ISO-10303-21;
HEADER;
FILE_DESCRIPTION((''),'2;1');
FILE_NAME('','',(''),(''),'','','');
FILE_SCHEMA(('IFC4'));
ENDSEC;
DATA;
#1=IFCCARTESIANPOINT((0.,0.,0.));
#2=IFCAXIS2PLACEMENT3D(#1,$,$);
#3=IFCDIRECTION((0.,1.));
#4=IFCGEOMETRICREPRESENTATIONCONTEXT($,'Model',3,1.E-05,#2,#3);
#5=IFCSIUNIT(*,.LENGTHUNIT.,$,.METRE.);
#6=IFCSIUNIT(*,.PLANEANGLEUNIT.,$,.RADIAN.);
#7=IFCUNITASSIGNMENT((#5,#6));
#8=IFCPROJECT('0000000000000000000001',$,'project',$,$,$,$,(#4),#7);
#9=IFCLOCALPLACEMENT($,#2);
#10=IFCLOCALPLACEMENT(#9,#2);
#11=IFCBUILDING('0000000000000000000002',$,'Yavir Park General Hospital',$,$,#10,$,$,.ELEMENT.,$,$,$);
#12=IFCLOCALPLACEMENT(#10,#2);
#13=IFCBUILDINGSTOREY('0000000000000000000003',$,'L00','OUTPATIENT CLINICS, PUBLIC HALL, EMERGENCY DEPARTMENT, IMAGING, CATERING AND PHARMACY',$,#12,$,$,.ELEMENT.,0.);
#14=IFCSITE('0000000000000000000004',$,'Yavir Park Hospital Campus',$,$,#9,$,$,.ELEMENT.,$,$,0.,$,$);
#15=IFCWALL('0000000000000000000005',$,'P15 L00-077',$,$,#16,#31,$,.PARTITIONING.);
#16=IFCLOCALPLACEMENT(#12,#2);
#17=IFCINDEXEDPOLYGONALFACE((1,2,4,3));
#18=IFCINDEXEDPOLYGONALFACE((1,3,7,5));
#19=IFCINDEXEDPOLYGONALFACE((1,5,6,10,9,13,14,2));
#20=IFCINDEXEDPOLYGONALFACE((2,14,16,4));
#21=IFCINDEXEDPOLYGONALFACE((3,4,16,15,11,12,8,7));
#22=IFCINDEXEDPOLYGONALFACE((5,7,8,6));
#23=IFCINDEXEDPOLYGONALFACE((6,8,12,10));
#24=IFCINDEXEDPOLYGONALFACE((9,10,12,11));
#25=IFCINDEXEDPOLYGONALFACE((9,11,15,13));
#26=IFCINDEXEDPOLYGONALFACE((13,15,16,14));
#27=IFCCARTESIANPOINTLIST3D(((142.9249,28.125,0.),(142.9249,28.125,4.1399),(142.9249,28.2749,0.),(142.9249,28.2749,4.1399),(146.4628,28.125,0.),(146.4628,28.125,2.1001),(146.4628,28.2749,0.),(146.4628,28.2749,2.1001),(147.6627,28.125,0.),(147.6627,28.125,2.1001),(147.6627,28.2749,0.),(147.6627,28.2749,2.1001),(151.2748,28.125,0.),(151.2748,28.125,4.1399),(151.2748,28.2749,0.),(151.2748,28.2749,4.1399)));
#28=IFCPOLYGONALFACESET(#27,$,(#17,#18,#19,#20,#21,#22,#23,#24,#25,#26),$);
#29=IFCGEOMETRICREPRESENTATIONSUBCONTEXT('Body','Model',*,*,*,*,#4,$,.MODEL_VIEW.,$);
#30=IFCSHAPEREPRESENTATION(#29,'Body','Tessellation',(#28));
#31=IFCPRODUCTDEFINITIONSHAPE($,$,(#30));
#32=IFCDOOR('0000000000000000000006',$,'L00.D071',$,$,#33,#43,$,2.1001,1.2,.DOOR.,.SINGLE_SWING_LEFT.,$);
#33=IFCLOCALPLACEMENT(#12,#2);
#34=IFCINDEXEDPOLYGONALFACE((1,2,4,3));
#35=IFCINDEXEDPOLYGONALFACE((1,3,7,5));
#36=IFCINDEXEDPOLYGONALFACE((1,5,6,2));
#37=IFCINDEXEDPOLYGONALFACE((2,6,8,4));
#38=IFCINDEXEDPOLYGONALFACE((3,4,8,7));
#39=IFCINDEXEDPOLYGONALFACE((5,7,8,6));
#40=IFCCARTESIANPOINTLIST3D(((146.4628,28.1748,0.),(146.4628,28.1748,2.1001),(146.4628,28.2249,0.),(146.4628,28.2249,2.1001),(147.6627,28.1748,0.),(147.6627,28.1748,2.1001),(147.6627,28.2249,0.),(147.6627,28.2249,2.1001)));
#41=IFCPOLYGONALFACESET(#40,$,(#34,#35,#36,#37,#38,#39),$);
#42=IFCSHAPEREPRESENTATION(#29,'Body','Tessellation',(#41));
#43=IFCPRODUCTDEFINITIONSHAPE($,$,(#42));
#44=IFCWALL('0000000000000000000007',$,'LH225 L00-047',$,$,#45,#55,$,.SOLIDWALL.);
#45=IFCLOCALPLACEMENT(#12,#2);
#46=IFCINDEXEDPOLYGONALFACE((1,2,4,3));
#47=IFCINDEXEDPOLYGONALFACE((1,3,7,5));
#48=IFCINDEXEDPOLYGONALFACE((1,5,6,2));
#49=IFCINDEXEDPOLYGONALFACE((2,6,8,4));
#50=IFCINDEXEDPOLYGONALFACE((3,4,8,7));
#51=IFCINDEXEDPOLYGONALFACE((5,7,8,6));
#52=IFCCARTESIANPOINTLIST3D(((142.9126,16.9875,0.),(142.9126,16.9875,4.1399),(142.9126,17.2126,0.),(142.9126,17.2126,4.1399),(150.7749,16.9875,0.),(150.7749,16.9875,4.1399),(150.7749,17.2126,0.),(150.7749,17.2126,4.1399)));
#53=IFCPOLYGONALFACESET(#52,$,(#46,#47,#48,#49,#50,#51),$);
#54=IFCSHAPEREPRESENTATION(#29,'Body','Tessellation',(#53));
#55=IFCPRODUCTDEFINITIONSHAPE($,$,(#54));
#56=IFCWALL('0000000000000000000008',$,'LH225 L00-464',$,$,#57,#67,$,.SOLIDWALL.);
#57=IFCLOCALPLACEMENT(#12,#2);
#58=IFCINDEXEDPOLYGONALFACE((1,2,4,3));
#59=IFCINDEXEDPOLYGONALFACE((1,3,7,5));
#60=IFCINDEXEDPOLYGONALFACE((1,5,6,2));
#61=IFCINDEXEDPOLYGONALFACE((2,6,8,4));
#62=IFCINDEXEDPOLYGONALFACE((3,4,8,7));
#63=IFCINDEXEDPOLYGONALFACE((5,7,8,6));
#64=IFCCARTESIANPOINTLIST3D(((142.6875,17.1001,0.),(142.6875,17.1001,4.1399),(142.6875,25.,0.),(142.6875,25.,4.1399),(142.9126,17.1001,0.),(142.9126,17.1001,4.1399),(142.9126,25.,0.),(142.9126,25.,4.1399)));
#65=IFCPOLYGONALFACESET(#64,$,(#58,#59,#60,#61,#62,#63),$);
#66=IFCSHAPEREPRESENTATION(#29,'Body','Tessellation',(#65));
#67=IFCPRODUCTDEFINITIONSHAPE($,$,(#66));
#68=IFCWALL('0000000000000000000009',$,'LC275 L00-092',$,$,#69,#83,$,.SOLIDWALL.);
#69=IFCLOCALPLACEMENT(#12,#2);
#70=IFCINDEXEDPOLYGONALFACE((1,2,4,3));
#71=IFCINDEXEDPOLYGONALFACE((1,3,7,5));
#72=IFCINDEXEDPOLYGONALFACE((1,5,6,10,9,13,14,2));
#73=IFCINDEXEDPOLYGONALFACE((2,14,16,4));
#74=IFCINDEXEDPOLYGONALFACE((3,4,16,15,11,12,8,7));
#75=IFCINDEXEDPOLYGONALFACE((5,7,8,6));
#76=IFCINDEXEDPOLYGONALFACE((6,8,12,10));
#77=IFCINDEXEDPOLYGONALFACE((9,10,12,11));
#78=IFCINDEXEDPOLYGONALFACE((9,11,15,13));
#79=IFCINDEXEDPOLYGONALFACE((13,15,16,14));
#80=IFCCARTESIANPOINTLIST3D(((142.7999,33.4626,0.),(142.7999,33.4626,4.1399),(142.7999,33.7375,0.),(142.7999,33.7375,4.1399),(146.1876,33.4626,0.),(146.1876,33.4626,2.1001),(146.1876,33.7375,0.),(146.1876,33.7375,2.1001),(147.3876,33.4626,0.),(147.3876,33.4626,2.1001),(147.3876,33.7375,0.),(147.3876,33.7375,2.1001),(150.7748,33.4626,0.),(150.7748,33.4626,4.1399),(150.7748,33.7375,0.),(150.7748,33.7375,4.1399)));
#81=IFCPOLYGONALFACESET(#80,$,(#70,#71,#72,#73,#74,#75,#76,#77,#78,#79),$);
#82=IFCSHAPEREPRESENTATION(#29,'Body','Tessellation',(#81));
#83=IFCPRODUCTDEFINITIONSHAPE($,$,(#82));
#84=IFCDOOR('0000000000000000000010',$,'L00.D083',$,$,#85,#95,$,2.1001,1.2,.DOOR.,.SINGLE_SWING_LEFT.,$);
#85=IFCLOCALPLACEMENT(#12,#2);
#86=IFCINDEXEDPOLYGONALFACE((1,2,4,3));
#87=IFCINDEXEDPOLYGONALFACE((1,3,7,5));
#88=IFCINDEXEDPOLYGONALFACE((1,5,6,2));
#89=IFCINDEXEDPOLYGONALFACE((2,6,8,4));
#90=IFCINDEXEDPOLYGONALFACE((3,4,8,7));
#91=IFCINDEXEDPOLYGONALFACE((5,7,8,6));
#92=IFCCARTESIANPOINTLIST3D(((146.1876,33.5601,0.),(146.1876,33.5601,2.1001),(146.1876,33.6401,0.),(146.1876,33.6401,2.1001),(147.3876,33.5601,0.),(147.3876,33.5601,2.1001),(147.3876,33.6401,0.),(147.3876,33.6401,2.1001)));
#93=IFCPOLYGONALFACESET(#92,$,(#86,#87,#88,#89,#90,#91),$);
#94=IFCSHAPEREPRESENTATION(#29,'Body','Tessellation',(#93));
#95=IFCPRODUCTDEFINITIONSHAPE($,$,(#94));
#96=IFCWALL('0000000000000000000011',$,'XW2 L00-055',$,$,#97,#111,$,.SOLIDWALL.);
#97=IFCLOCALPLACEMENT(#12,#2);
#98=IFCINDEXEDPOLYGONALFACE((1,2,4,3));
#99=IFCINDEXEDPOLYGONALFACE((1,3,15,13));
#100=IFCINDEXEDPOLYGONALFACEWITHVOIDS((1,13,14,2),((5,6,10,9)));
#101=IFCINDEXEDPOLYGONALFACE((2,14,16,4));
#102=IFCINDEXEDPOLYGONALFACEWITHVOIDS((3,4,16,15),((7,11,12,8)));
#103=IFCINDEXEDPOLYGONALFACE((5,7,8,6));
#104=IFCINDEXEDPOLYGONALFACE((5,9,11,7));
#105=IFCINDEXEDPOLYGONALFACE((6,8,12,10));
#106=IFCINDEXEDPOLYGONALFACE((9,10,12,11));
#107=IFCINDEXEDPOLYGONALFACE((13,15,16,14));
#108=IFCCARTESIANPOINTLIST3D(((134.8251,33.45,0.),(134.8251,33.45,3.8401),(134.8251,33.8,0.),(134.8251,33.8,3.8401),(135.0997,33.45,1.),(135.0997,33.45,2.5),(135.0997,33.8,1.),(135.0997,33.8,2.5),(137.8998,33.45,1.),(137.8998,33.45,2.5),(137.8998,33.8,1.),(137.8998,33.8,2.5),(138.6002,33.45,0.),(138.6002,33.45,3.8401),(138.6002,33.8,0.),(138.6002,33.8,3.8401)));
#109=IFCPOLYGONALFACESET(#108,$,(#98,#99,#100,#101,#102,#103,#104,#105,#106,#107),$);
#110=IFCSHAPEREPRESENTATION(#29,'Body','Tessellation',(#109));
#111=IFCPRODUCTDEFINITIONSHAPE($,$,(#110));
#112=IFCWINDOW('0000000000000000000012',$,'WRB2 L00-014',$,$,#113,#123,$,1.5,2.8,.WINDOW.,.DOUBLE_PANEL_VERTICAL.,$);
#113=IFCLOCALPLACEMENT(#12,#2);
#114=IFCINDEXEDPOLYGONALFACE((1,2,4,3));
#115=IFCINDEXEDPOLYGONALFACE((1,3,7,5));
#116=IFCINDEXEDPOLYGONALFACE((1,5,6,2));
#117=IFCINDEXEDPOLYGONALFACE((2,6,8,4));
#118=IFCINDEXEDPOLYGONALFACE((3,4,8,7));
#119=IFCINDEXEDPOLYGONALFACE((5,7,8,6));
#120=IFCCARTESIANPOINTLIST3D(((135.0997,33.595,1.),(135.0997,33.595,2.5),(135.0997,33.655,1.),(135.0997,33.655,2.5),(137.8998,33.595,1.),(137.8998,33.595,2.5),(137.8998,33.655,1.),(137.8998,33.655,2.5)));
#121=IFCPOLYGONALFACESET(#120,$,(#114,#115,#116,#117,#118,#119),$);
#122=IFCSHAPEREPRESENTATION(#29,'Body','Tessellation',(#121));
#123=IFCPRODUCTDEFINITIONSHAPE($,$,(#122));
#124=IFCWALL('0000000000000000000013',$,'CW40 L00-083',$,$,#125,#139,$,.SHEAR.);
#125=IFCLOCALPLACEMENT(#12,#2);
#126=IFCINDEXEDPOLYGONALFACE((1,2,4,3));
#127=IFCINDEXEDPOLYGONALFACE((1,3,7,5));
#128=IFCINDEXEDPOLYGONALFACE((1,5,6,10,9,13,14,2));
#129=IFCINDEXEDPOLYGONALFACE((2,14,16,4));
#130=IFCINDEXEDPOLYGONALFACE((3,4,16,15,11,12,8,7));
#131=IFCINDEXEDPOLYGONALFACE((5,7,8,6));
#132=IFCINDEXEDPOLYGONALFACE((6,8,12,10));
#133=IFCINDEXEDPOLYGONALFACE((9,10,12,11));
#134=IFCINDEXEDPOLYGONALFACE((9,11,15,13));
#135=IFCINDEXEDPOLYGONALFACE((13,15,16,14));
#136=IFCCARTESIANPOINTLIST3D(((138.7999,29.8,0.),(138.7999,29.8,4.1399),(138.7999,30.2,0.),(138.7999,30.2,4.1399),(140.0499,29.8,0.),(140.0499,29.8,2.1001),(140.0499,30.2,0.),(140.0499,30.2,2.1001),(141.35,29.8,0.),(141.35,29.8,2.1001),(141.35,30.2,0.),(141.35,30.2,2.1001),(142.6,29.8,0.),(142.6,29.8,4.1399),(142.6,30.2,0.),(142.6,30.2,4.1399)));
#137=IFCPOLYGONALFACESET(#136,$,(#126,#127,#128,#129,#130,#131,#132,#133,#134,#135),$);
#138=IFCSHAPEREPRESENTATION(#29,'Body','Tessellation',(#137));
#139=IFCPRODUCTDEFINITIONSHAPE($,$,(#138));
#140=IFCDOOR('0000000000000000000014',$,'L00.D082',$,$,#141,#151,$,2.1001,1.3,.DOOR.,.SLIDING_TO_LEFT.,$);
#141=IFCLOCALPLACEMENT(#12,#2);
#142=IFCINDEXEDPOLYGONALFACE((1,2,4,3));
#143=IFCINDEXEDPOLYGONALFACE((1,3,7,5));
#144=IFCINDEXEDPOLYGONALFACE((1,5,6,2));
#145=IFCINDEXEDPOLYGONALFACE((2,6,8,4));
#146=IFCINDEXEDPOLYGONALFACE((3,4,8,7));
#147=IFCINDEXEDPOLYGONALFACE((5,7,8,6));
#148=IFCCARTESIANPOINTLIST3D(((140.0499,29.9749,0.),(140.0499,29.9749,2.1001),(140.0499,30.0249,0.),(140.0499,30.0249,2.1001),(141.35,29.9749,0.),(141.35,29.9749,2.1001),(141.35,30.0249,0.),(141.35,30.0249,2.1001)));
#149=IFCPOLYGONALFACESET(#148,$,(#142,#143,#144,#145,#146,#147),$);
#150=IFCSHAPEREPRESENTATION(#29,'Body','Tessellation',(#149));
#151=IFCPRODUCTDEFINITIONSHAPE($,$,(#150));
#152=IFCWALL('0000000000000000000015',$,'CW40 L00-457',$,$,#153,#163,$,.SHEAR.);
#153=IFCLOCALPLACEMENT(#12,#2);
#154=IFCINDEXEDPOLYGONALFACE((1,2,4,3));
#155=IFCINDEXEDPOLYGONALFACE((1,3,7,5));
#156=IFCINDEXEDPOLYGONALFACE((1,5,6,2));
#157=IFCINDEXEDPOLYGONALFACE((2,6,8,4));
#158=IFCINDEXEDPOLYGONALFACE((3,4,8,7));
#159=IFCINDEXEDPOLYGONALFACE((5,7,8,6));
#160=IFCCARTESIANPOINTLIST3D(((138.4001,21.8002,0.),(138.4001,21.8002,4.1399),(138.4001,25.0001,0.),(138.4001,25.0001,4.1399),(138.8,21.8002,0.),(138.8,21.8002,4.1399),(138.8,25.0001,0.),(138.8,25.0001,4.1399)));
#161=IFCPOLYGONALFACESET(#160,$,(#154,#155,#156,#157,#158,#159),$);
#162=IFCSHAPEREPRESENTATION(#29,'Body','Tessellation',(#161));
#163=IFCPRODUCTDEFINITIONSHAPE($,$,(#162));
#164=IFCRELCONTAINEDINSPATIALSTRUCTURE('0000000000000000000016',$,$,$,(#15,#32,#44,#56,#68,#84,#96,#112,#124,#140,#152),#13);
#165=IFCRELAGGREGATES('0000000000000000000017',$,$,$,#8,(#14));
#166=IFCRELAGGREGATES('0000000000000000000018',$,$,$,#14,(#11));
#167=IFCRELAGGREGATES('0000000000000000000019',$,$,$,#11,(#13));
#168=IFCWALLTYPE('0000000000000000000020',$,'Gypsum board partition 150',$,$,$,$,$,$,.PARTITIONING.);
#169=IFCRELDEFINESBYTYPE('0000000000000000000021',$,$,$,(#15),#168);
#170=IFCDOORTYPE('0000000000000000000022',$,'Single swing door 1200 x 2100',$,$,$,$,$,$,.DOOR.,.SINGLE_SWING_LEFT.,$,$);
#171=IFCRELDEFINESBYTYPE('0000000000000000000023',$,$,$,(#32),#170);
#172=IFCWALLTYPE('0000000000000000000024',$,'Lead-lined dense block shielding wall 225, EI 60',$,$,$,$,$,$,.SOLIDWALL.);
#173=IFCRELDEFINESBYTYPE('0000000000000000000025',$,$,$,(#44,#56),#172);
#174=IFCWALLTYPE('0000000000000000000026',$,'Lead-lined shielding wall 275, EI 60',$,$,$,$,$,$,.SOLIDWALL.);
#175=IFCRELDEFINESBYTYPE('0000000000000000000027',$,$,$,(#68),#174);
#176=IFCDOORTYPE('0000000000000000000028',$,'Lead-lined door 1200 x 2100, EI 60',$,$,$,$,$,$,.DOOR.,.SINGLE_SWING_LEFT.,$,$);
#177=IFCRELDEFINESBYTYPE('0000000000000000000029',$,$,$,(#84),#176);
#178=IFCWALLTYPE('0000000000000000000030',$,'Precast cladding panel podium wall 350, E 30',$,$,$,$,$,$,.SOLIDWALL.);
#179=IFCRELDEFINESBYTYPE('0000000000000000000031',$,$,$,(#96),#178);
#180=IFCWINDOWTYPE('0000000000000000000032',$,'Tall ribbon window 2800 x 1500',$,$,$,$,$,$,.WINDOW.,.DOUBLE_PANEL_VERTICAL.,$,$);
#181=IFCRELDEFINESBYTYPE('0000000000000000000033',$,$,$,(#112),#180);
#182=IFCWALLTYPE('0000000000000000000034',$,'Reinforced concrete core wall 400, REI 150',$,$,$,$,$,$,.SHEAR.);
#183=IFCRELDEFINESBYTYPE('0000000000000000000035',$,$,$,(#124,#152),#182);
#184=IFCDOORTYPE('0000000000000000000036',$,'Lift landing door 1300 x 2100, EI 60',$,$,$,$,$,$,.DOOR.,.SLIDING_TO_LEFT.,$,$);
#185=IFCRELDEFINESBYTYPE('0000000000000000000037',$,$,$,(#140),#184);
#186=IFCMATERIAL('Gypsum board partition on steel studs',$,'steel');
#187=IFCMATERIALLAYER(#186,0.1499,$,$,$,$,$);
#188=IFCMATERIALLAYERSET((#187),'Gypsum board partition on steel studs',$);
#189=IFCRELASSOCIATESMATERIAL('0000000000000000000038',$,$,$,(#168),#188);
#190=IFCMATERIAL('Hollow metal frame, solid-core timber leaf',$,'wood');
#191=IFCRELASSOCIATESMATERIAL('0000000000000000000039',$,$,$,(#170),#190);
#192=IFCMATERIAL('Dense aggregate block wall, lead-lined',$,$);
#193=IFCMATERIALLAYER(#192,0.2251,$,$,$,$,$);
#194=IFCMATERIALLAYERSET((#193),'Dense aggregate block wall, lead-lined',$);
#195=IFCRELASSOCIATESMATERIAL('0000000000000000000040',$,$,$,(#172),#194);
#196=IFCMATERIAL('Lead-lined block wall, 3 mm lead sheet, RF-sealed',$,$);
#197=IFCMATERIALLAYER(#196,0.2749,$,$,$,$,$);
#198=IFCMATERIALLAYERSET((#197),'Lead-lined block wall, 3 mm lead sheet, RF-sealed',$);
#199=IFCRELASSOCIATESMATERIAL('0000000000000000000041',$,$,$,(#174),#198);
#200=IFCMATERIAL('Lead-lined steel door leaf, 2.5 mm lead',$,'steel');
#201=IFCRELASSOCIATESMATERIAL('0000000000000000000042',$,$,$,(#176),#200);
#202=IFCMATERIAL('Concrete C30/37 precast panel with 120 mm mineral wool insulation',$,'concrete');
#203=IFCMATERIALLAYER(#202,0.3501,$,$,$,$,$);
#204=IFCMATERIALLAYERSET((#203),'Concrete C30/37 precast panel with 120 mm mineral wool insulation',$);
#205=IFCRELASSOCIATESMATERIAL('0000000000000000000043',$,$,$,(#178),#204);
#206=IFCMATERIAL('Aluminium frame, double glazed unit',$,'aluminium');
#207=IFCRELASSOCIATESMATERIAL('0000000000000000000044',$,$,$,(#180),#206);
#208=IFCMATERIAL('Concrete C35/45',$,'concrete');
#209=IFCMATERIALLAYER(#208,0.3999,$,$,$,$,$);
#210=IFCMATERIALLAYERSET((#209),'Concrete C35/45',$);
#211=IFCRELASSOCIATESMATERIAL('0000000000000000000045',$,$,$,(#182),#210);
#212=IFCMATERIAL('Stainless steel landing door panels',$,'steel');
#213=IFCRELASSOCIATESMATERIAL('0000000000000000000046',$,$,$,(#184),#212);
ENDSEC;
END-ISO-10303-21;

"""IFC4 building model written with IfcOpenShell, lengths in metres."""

from ifc_helpers import new_model, si_unit, direction, frame, frame_2d, origin, place, context, subcontext, project, spatial, rectangle, extrude, material, layer, layer_set, type_object, element, fill, save


model = new_model("IFC4")

# Units and contexts
model_context = context("Model", 3, precision=1e-05, world=origin(), true_north=direction((0.0, 1.0)))
body_context = subcontext(model_context, "Body", "Model", "MODEL_VIEW")
ifc_project = project(units=[si_unit("LENGTHUNIT", "METRE"), si_unit("PLANEANGLEUNIT", "RADIAN")], contexts=[model_context])

# Site, building, storey
site_placement = place(None, origin())
site = spatial("IfcSite", under=ifc_project, at=site_placement, Name="Yavir Park Hospital Campus", CompositionType="ELEMENT", RefElevation=0.0)
building_placement = place(site_placement, origin())
building = spatial("IfcBuilding", under=site, at=building_placement, Name="Yavir Park General Hospital", CompositionType="ELEMENT")
storey_placement = place(building_placement, origin())
storey = spatial("IfcBuildingStorey", under=building, at=storey_placement, Name="L00", Description="OUTPATIENT CLINICS, PUBLIC HALL, EMERGENCY DEPARTMENT, IMAGING, CATERING AND PHARMACY", CompositionType="ELEMENT", Elevation=0.0)

# Wall, opening, door
ifc_material_1 = material(Name="Gypsum board partition on steel studs", Category="steel")
ifc_layer_1 = layer(ifc_material_1, 0.1499)
ifc_layer_set_1 = layer_set([ifc_layer_1], Name="Gypsum board partition on steel studs")
wall_type_1 = type_object("IfcWallType", Name="Gypsum board partition 150", PredefinedType="PARTITIONING", material=ifc_layer_set_1)
wall_1_placement = place(storey_placement, frame((142.925, 28.2, 0.0), z_axis=(0.0, 0.0, 1.0), x_axis=(1.0, 0.0, 0.0)))
wall_1 = element("IfcWall", 1, at=wall_1_placement, inside=storey, type_object=wall_type_1, Name="P15 L00-077", PredefinedType="PARTITIONING", context=body_context, shape_type="SweptSolid", body=[
    extrude(rectangle(XDim=8.3499, YDim=0.1499, at=frame_2d((4.1748, 0.0))), origin(), (0.0, 0.0, 1.0), 4.1399),
])
opening_1_placement = place(wall_1_placement, frame((3.5376, 0.0, 0.0)))
opening_1 = element("IfcOpeningElement", 2, at=opening_1_placement, cuts=wall_1, PredefinedType="OPENING", context=body_context, shape_type="SweptSolid", body=[
    extrude(rectangle(XDim=1.2, YDim=2.1001, at=frame_2d((0.6001, 1.05))), frame((0.0, 0.085, 0.0), z_axis=(0.0, -1.0, 0.0), x_axis=(1.0, 0.0, 0.0)), (0.0, 0.0, 1.0), 0.1699),
])
ifc_material_2 = material(Name="Hollow metal frame, solid-core timber leaf", Category="wood")
door_type_1 = type_object("IfcDoorType", Name="Single swing door 1200 x 2100", OperationType="SINGLE_SWING_LEFT", PredefinedType="DOOR", material=ifc_material_2)
door_1_placement = place(opening_1_placement, origin())
door_1 = element("IfcDoor", 3, at=door_1_placement, inside=storey, type_object=door_type_1, Name="L00.D071", OperationType="SINGLE_SWING_LEFT", OverallHeight=2.1001, OverallWidth=1.2, PredefinedType="DOOR", context=body_context, shape_type="SweptSolid", body=[
    extrude(rectangle(XDim=1.2, YDim=2.1001, at=frame_2d((0.6001, 1.05))), frame((0.0, 0.0249, 0.0), z_axis=(0.0, -1.0, 0.0), x_axis=(1.0, 0.0, 0.0)), (0.0, 0.0, 1.0), 0.05),
])
fill(opening_1, door_1)

# Wall
ifc_material_3 = material(Name="Dense aggregate block wall, lead-lined")
ifc_layer_2 = layer(ifc_material_3, 0.2251)
ifc_layer_set_2 = layer_set([ifc_layer_2], Name="Dense aggregate block wall, lead-lined")
wall_type_2 = type_object("IfcWallType", Name="Lead-lined dense block shielding wall 225, EI 60", PredefinedType="SOLIDWALL", material=ifc_layer_set_2)
wall_2_placement = place(storey_placement, frame((142.9126, 17.1001, 0.0), z_axis=(0.0, 0.0, 1.0), x_axis=(1.0, 0.0, 0.0)))
element("IfcWall", 4, at=wall_2_placement, inside=storey, type_object=wall_type_2, Name="LH225 L00-047", PredefinedType="SOLIDWALL", context=body_context, shape_type="SweptSolid", body=[
    extrude(rectangle(XDim=7.8623, YDim=0.2251, at=frame_2d((3.9312, 0.0))), origin(), (0.0, 0.0, 1.0), 4.1399),
])

# Wall
wall_3_placement = place(storey_placement, frame((142.8, 17.1001, 0.0), z_axis=(0.0, 0.0, 1.0), x_axis=(0.0, 1.0, 0.0)))
element("IfcWall", 5, at=wall_3_placement, inside=storey, type_object=wall_type_2, Name="LH225 L00-464", PredefinedType="SOLIDWALL", context=body_context, shape_type="SweptSolid", body=[
    extrude(rectangle(XDim=7.8999, YDim=0.2251, at=frame_2d((3.95, 0.0))), origin(), (0.0, 0.0, 1.0), 4.1399),
])

# Wall, opening, door
ifc_material_4 = material(Name="Lead-lined block wall, 3 mm lead sheet, RF-sealed")
ifc_layer_3 = layer(ifc_material_4, 0.2749)
ifc_layer_set_3 = layer_set([ifc_layer_3], Name="Lead-lined block wall, 3 mm lead sheet, RF-sealed")
wall_type_3 = type_object("IfcWallType", Name="Lead-lined shielding wall 275, EI 60", PredefinedType="SOLIDWALL", material=ifc_layer_set_3)
wall_4_placement = place(storey_placement, frame((142.8, 33.6001, 0.0), z_axis=(0.0, 0.0, 1.0), x_axis=(1.0, 0.0, 0.0)))
wall_4 = element("IfcWall", 6, at=wall_4_placement, inside=storey, type_object=wall_type_3, Name="LC275 L00-092", PredefinedType="SOLIDWALL", context=body_context, shape_type="SweptSolid", body=[
    extrude(rectangle(XDim=7.9749, YDim=0.2749, at=frame_2d((3.9873, 0.0))), origin(), (0.0, 0.0, 1.0), 4.1399),
])
opening_2_placement = place(wall_4_placement, frame((3.3875, 0.0, 0.0)))
opening_2 = element("IfcOpeningElement", 7, at=opening_2_placement, cuts=wall_4, PredefinedType="OPENING", context=body_context, shape_type="SweptSolid", body=[
    extrude(rectangle(XDim=1.2, YDim=2.1001, at=frame_2d((0.6001, 1.05))), frame((0.0, 0.1475, 0.0), z_axis=(0.0, -1.0, 0.0), x_axis=(1.0, 0.0, 0.0)), (0.0, 0.0, 1.0), 0.2949),
])
ifc_material_5 = material(Name="Lead-lined steel door leaf, 2.5 mm lead", Category="steel")
door_type_2 = type_object("IfcDoorType", Name="Lead-lined door 1200 x 2100, EI 60", OperationType="SINGLE_SWING_LEFT", PredefinedType="DOOR", material=ifc_material_5)
door_2_placement = place(opening_2_placement, origin())
door_2 = element("IfcDoor", 8, at=door_2_placement, inside=storey, type_object=door_type_2, Name="L00.D083", OperationType="SINGLE_SWING_LEFT", OverallHeight=2.1001, OverallWidth=1.2, PredefinedType="DOOR", context=body_context, shape_type="SweptSolid", body=[
    extrude(rectangle(XDim=1.2, YDim=2.1001, at=frame_2d((0.6001, 1.05))), frame((0.0, 0.04, 0.0), z_axis=(0.0, -1.0, 0.0), x_axis=(1.0, 0.0, 0.0)), (0.0, 0.0, 1.0), 0.0801),
])
fill(opening_2, door_2)

# Wall, opening, window
ifc_material_6 = material(Name="Concrete C30/37 precast panel with 120 mm mineral wool insulation", Category="concrete")
ifc_layer_4 = layer(ifc_material_6, 0.3501)
ifc_layer_set_4 = layer_set([ifc_layer_4], Name="Concrete C30/37 precast panel with 120 mm mineral wool insulation")
wall_type_4 = type_object("IfcWallType", Name="Precast cladding panel podium wall 350, E 30", PredefinedType="SOLIDWALL", material=ifc_layer_set_4)
wall_5_placement = place(storey_placement, frame((134.825, 33.625, 0.0), z_axis=(0.0, 0.0, 1.0), x_axis=(1.0, 0.0, 0.0)))
wall_5 = element("IfcWall", 9, at=wall_5_placement, inside=storey, type_object=wall_type_4, Name="XW2 L00-055", PredefinedType="SOLIDWALL", context=body_context, shape_type="SweptSolid", body=[
    extrude(rectangle(XDim=3.7751, YDim=0.3501, at=frame_2d((1.8877, 0.0))), origin(), (0.0, 0.0, 1.0), 3.8401),
])
opening_3_placement = place(wall_5_placement, frame((0.2749, 0.0, 1.0)))
opening_3 = element("IfcOpeningElement", 10, at=opening_3_placement, cuts=wall_5, PredefinedType="OPENING", context=body_context, shape_type="SweptSolid", body=[
    extrude(rectangle(XDim=2.8, YDim=1.5, at=frame_2d((1.3999, 0.75))), frame((0.0, 0.1851, 0.0), z_axis=(0.0, -1.0, 0.0), x_axis=(1.0, 0.0, 0.0)), (0.0, 0.0, 1.0), 0.3701),
])
ifc_material_7 = material(Name="Aluminium frame, double glazed unit", Category="aluminium")
window_type = type_object("IfcWindowType", Name="Tall ribbon window 2800 x 1500", PartitioningType="DOUBLE_PANEL_VERTICAL", PredefinedType="WINDOW", material=ifc_material_7)
window_placement = place(opening_3_placement, origin())
window = element("IfcWindow", 11, at=window_placement, inside=storey, type_object=window_type, Name="WRB2 L00-014", OverallHeight=1.5, OverallWidth=2.8, PartitioningType="DOUBLE_PANEL_VERTICAL", PredefinedType="WINDOW", context=body_context, shape_type="SweptSolid", body=[
    extrude(rectangle(XDim=2.8, YDim=1.5, at=frame_2d((1.3999, 0.75))), frame((0.0, 0.03, 0.0), z_axis=(0.0, -1.0, 0.0), x_axis=(1.0, 0.0, 0.0)), (0.0, 0.0, 1.0), 0.0601),
])
fill(opening_3, window)

# Wall, opening, door
ifc_material_8 = material(Name="Concrete C35/45", Category="concrete")
ifc_layer_5 = layer(ifc_material_8, 0.3999)
ifc_layer_set_5 = layer_set([ifc_layer_5], Name="Concrete C35/45")
wall_type_5 = type_object("IfcWallType", Name="Reinforced concrete core wall 400, REI 150", PredefinedType="SHEAR", material=ifc_layer_set_5)
wall_6_placement = place(storey_placement, frame((138.8, 30.0, 0.0), z_axis=(0.0, 0.0, 1.0), x_axis=(1.0, 0.0, 0.0)))
wall_6 = element("IfcWall", 12, at=wall_6_placement, inside=storey, type_object=wall_type_5, Name="CW40 L00-083", PredefinedType="SHEAR", context=body_context, shape_type="SweptSolid", body=[
    extrude(rectangle(XDim=3.8, YDim=0.3999, at=frame_2d((1.8999, 0.0))), origin(), (0.0, 0.0, 1.0), 4.1399),
])
opening_4_placement = place(wall_6_placement, frame((1.25, 0.0, 0.0)))
opening_4 = element("IfcOpeningElement", 13, at=opening_4_placement, cuts=wall_6, PredefinedType="OPENING", context=body_context, shape_type="SweptSolid", body=[
    extrude(rectangle(XDim=1.3, YDim=2.1001, at=frame_2d((0.6499, 1.05))), frame((0.0, 0.21, 0.0), z_axis=(0.0, -1.0, 0.0), x_axis=(1.0, 0.0, 0.0)), (0.0, 0.0, 1.0), 0.4199),
])
ifc_material_9 = material(Name="Stainless steel landing door panels", Category="steel")
door_type_3 = type_object("IfcDoorType", Name="Lift landing door 1300 x 2100, EI 60", OperationType="SLIDING_TO_LEFT", PredefinedType="DOOR", material=ifc_material_9)
door_3_placement = place(opening_4_placement, origin())
door_3 = element("IfcDoor", 14, at=door_3_placement, inside=storey, type_object=door_type_3, Name="L00.D082", OperationType="SLIDING_TO_LEFT", OverallHeight=2.1001, OverallWidth=1.3, PredefinedType="DOOR", context=body_context, shape_type="SweptSolid", body=[
    extrude(rectangle(XDim=1.3, YDim=2.1001, at=frame_2d((0.6499, 1.05))), frame((0.0, 0.0249, 0.0), z_axis=(0.0, -1.0, 0.0), x_axis=(1.0, 0.0, 0.0)), (0.0, 0.0, 1.0), 0.05),
])
fill(opening_4, door_3)

# Wall
wall_7_placement = place(storey_placement, frame((138.6001, 21.8, 0.0), z_axis=(0.0, 0.0, 1.0), x_axis=(0.0, 1.0, 0.0)))
element("IfcWall", 15, at=wall_7_placement, inside=storey, type_object=wall_type_5, Name="CW40 L00-457", PredefinedType="SHEAR", context=body_context, shape_type="SweptSolid", body=[
    extrude(rectangle(XDim=3.2, YDim=0.3999, at=frame_2d((1.6001, 0.0))), origin(), (0.0, 0.0, 1.0), 4.1399),
])

save(model, "model.ifc")
